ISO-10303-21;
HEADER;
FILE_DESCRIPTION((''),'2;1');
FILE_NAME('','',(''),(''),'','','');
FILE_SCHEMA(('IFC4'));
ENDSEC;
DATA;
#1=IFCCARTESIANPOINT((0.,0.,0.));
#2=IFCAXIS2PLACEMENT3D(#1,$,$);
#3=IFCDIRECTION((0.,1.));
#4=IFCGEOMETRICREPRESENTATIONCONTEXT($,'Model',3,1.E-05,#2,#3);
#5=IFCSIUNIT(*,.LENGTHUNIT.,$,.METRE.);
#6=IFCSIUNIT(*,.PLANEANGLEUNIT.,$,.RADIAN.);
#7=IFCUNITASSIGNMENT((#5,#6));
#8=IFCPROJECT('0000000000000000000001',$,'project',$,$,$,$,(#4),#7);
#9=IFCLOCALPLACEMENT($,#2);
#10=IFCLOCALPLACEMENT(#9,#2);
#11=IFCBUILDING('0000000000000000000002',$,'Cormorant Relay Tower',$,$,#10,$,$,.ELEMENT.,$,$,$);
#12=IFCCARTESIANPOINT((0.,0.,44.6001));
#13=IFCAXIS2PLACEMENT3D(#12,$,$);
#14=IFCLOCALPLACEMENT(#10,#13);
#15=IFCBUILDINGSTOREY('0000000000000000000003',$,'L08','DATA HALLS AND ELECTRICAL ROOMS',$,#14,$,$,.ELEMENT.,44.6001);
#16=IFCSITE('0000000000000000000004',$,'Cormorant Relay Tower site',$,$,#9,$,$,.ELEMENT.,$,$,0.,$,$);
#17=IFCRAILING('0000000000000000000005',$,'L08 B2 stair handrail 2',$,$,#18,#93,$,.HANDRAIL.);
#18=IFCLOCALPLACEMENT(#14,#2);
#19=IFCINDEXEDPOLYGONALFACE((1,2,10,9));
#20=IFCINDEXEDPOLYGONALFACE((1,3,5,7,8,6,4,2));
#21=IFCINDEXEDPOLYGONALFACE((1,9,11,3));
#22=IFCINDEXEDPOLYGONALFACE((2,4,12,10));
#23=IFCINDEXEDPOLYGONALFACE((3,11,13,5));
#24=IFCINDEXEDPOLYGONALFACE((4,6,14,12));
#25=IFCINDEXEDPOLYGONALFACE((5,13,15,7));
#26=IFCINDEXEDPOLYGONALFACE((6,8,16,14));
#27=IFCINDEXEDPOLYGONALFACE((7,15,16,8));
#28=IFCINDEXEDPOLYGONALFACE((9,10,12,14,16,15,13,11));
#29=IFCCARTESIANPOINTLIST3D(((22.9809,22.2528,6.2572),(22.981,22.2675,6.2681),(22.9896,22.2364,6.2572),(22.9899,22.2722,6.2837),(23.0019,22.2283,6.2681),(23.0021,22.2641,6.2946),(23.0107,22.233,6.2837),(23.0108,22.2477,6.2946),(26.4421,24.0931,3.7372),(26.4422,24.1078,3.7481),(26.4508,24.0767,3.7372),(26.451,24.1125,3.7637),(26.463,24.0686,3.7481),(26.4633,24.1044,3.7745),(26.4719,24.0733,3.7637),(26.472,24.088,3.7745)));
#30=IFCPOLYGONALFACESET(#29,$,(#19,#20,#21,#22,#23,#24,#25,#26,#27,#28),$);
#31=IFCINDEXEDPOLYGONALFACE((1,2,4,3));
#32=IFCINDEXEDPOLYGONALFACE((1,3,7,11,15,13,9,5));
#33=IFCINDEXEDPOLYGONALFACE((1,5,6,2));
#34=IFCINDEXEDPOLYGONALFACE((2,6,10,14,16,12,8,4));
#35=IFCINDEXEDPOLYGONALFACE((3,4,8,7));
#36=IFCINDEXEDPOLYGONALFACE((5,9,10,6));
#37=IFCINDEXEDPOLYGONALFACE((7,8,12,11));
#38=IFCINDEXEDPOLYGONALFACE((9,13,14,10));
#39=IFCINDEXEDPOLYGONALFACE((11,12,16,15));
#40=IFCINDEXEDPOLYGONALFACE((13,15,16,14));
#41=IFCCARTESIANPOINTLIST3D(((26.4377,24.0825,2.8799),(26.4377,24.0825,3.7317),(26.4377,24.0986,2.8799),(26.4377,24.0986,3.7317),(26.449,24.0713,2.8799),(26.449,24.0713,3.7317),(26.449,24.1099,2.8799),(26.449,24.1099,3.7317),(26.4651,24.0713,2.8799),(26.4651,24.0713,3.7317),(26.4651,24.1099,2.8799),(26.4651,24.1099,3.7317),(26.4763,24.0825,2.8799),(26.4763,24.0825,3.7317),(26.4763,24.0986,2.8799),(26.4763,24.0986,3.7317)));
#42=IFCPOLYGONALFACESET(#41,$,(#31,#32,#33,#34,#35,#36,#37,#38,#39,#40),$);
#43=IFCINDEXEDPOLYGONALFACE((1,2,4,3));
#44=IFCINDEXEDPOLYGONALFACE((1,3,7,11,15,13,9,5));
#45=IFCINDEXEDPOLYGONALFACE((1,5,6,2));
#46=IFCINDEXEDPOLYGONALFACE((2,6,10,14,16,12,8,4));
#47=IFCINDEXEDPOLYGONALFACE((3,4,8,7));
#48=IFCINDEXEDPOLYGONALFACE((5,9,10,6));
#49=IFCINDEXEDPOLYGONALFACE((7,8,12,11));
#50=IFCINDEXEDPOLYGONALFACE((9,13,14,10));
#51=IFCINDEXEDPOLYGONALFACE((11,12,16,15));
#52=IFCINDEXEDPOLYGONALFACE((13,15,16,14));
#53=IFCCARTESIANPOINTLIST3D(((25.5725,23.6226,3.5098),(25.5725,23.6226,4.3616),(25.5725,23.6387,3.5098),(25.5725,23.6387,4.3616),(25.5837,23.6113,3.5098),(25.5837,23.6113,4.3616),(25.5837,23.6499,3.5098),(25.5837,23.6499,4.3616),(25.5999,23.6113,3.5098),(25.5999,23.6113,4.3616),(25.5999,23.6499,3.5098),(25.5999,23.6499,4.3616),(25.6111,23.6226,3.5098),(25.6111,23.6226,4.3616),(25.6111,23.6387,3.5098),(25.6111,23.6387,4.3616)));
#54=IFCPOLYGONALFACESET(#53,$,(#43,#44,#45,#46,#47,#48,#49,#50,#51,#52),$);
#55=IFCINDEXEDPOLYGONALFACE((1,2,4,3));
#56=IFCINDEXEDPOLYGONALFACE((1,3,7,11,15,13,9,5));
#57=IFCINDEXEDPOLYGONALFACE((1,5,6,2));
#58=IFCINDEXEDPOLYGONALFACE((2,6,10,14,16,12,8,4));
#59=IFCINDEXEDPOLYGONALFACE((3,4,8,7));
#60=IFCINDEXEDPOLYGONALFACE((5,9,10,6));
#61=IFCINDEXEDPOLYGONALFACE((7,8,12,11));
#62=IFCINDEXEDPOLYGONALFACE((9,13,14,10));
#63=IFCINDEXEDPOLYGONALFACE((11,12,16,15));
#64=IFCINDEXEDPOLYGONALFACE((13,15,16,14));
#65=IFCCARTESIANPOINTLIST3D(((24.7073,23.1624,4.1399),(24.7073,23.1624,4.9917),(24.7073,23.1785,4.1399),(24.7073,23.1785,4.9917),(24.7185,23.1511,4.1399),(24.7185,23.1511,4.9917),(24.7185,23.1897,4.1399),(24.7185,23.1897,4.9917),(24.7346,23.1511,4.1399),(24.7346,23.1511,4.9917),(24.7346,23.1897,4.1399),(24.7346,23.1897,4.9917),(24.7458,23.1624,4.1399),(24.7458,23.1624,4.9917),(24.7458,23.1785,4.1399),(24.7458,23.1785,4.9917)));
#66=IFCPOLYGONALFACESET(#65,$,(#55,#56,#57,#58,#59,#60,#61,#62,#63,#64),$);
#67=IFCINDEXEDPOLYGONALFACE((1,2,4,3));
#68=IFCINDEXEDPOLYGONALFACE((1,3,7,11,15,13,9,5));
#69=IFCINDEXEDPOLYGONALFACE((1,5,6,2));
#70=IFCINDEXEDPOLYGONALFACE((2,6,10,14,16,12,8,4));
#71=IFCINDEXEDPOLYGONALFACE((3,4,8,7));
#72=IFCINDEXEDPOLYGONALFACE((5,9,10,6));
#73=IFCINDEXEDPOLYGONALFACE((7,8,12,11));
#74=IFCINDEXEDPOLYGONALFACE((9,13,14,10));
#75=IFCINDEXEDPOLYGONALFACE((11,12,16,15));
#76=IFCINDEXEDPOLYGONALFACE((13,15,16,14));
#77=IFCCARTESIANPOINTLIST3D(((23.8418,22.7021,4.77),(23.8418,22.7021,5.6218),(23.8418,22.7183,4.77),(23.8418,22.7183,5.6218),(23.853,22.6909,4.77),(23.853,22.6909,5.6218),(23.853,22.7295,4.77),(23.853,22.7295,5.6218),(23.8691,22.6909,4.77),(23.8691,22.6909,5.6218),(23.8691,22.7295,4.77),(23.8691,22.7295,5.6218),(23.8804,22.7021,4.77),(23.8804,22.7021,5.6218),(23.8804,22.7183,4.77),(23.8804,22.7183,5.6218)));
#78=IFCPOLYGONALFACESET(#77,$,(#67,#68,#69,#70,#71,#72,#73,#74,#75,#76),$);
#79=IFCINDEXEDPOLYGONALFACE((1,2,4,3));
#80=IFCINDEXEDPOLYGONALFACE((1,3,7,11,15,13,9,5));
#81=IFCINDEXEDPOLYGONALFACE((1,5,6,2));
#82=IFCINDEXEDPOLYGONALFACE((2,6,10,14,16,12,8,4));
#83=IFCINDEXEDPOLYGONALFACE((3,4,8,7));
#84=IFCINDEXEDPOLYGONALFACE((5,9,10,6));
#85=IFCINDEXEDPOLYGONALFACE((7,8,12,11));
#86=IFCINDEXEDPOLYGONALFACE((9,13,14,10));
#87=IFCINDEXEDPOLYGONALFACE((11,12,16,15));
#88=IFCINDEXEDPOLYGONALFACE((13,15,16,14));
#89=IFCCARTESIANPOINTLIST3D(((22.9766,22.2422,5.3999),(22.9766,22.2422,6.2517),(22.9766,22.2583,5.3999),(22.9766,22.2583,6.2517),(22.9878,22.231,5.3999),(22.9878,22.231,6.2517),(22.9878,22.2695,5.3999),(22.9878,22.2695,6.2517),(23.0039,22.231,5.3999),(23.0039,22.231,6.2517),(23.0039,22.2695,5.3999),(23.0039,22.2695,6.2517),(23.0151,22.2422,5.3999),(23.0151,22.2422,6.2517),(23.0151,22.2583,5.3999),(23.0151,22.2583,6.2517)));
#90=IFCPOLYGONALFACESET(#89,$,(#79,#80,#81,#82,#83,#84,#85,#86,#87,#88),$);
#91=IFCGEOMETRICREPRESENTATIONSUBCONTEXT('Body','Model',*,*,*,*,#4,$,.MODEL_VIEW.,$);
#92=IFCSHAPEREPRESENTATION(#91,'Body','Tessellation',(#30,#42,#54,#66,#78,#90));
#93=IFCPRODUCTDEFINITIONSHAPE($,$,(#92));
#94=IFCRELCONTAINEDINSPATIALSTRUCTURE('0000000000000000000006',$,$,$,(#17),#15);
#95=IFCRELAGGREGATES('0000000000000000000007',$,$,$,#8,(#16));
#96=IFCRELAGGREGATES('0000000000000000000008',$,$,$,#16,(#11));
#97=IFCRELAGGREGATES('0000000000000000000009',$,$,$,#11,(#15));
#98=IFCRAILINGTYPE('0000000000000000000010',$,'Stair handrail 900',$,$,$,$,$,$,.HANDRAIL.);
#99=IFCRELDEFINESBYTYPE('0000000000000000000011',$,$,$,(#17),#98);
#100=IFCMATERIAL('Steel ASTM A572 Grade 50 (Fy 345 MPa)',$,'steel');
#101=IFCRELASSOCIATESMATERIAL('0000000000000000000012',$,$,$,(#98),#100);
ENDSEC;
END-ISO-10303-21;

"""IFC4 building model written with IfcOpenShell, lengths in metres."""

from ifc_helpers import new_model, si_unit, direction, frame, origin, place, context, subcontext, project, spatial, polyline, outline, extrude, material, type_object, element, save


model = new_model("IFC4")

# Units and contexts
model_context = context("Model", 3, precision=1e-05, world=origin(), true_north=direction((0.0, 1.0)))
body_context = subcontext(model_context, "Body", "Model", "MODEL_VIEW")
ifc_project = project(units=[si_unit("LENGTHUNIT", "METRE"), si_unit("PLANEANGLEUNIT", "RADIAN")], contexts=[model_context])

# Site, building, storey
site_placement = place(None, origin())
site = spatial("IfcSite", under=ifc_project, at=site_placement, Name="Cormorant Relay Tower site", CompositionType="ELEMENT", RefElevation=0.0)
building_placement = place(site_placement, origin())
building = spatial("IfcBuilding", under=site, at=building_placement, Name="Cormorant Relay Tower", CompositionType="ELEMENT")
storey_placement = place(building_placement, frame((0.0, 0.0, 44.6001)))
storey = spatial("IfcBuildingStorey", under=building, at=storey_placement, Name="L08", Description="DATA HALLS AND ELECTRICAL ROOMS", CompositionType="ELEMENT", Elevation=44.6001)

# Railing
ifc_material_1 = material(Name="Steel ASTM A572 Grade 50 (Fy 345 MPa)", Category="steel")
railing_type_1 = type_object("IfcRailingType", Name="Stair handrail 900", PredefinedType="HANDRAIL", material=ifc_material_1)
railing_1_placement = place(storey_placement, frame((26.457, 24.0906, 2.8799)))
element("IfcRailing", 1, at=railing_1_placement, inside=storey, type_object=railing_type_1, Name="L08 B2 stair handrail 2", PredefinedType="HANDRAIL", context=body_context, shape_type="SweptSolid", body=[
    extrude(outline(polyline([(0.0222, 0.0093), (0.0093, 0.0222), (-0.0093, 0.0222), (-0.0222, 0.0093), (-0.0222, -0.0093), (-0.0093, -0.0222), (0.0093, -0.0222), (0.0222, -0.0093), (0.0222, 0.0093)])), frame((0.0, 0.0, 0.876), z_axis=(-0.742717, -0.394907, 0.540758), x_axis=(0.469469, -0.882949, 0.0)), (0.0, 0.0, 1.0), 4.6602),
    extrude(outline(polyline([(0.0193, 0.0081), (0.0081, 0.0193), (-0.0081, 0.0193), (-0.0193, 0.0081), (-0.0193, -0.0081), (-0.0081, -0.0193), (0.0081, -0.0193), (0.0193, -0.0081), (0.0193, 0.0081)])), origin(), (0.0, 0.0, 1.0), 0.8518),
    extrude(outline(polyline([(0.0193, 0.0081), (0.0081, 0.0193), (-0.0081, 0.0193), (-0.0193, 0.0081), (-0.0193, -0.0081), (-0.0081, -0.0193), (0.0081, -0.0193), (0.0193, -0.0081), (0.0193, 0.0081)])), frame((-0.8652, -0.46, 0.6299)), (0.0, 0.0, 1.0), 0.8518),
    extrude(outline(polyline([(0.0193, 0.0081), (0.0081, 0.0193), (-0.0081, 0.0193), (-0.0193, 0.0081), (-0.0193, -0.0081), (-0.0081, -0.0193), (0.0081, -0.0193), (0.0193, -0.0081), (0.0193, 0.0081)])), frame((-1.7305, -0.9202, 1.26)), (0.0, 0.0, 1.0), 0.8518),
    extrude(outline(polyline([(0.0193, 0.0081), (0.0081, 0.0193), (-0.0081, 0.0193), (-0.0193, 0.0081), (-0.0193, -0.0081), (-0.0081, -0.0193), (0.0081, -0.0193), (0.0193, -0.0081), (0.0193, 0.0081)])), frame((-2.5959, -1.3804, 1.8901)), (0.0, 0.0, 1.0), 0.8518),
    extrude(outline(polyline([(0.0193, 0.0081), (0.0081, 0.0193), (-0.0081, 0.0193), (-0.0193, 0.0081), (-0.0193, -0.0081), (-0.0081, -0.0193), (0.0081, -0.0193), (0.0193, -0.0081), (0.0193, 0.0081)])), frame((-3.4612, -1.8403, 2.52)), (0.0, 0.0, 1.0), 0.8518),
])

save(model, "model.ifc")
